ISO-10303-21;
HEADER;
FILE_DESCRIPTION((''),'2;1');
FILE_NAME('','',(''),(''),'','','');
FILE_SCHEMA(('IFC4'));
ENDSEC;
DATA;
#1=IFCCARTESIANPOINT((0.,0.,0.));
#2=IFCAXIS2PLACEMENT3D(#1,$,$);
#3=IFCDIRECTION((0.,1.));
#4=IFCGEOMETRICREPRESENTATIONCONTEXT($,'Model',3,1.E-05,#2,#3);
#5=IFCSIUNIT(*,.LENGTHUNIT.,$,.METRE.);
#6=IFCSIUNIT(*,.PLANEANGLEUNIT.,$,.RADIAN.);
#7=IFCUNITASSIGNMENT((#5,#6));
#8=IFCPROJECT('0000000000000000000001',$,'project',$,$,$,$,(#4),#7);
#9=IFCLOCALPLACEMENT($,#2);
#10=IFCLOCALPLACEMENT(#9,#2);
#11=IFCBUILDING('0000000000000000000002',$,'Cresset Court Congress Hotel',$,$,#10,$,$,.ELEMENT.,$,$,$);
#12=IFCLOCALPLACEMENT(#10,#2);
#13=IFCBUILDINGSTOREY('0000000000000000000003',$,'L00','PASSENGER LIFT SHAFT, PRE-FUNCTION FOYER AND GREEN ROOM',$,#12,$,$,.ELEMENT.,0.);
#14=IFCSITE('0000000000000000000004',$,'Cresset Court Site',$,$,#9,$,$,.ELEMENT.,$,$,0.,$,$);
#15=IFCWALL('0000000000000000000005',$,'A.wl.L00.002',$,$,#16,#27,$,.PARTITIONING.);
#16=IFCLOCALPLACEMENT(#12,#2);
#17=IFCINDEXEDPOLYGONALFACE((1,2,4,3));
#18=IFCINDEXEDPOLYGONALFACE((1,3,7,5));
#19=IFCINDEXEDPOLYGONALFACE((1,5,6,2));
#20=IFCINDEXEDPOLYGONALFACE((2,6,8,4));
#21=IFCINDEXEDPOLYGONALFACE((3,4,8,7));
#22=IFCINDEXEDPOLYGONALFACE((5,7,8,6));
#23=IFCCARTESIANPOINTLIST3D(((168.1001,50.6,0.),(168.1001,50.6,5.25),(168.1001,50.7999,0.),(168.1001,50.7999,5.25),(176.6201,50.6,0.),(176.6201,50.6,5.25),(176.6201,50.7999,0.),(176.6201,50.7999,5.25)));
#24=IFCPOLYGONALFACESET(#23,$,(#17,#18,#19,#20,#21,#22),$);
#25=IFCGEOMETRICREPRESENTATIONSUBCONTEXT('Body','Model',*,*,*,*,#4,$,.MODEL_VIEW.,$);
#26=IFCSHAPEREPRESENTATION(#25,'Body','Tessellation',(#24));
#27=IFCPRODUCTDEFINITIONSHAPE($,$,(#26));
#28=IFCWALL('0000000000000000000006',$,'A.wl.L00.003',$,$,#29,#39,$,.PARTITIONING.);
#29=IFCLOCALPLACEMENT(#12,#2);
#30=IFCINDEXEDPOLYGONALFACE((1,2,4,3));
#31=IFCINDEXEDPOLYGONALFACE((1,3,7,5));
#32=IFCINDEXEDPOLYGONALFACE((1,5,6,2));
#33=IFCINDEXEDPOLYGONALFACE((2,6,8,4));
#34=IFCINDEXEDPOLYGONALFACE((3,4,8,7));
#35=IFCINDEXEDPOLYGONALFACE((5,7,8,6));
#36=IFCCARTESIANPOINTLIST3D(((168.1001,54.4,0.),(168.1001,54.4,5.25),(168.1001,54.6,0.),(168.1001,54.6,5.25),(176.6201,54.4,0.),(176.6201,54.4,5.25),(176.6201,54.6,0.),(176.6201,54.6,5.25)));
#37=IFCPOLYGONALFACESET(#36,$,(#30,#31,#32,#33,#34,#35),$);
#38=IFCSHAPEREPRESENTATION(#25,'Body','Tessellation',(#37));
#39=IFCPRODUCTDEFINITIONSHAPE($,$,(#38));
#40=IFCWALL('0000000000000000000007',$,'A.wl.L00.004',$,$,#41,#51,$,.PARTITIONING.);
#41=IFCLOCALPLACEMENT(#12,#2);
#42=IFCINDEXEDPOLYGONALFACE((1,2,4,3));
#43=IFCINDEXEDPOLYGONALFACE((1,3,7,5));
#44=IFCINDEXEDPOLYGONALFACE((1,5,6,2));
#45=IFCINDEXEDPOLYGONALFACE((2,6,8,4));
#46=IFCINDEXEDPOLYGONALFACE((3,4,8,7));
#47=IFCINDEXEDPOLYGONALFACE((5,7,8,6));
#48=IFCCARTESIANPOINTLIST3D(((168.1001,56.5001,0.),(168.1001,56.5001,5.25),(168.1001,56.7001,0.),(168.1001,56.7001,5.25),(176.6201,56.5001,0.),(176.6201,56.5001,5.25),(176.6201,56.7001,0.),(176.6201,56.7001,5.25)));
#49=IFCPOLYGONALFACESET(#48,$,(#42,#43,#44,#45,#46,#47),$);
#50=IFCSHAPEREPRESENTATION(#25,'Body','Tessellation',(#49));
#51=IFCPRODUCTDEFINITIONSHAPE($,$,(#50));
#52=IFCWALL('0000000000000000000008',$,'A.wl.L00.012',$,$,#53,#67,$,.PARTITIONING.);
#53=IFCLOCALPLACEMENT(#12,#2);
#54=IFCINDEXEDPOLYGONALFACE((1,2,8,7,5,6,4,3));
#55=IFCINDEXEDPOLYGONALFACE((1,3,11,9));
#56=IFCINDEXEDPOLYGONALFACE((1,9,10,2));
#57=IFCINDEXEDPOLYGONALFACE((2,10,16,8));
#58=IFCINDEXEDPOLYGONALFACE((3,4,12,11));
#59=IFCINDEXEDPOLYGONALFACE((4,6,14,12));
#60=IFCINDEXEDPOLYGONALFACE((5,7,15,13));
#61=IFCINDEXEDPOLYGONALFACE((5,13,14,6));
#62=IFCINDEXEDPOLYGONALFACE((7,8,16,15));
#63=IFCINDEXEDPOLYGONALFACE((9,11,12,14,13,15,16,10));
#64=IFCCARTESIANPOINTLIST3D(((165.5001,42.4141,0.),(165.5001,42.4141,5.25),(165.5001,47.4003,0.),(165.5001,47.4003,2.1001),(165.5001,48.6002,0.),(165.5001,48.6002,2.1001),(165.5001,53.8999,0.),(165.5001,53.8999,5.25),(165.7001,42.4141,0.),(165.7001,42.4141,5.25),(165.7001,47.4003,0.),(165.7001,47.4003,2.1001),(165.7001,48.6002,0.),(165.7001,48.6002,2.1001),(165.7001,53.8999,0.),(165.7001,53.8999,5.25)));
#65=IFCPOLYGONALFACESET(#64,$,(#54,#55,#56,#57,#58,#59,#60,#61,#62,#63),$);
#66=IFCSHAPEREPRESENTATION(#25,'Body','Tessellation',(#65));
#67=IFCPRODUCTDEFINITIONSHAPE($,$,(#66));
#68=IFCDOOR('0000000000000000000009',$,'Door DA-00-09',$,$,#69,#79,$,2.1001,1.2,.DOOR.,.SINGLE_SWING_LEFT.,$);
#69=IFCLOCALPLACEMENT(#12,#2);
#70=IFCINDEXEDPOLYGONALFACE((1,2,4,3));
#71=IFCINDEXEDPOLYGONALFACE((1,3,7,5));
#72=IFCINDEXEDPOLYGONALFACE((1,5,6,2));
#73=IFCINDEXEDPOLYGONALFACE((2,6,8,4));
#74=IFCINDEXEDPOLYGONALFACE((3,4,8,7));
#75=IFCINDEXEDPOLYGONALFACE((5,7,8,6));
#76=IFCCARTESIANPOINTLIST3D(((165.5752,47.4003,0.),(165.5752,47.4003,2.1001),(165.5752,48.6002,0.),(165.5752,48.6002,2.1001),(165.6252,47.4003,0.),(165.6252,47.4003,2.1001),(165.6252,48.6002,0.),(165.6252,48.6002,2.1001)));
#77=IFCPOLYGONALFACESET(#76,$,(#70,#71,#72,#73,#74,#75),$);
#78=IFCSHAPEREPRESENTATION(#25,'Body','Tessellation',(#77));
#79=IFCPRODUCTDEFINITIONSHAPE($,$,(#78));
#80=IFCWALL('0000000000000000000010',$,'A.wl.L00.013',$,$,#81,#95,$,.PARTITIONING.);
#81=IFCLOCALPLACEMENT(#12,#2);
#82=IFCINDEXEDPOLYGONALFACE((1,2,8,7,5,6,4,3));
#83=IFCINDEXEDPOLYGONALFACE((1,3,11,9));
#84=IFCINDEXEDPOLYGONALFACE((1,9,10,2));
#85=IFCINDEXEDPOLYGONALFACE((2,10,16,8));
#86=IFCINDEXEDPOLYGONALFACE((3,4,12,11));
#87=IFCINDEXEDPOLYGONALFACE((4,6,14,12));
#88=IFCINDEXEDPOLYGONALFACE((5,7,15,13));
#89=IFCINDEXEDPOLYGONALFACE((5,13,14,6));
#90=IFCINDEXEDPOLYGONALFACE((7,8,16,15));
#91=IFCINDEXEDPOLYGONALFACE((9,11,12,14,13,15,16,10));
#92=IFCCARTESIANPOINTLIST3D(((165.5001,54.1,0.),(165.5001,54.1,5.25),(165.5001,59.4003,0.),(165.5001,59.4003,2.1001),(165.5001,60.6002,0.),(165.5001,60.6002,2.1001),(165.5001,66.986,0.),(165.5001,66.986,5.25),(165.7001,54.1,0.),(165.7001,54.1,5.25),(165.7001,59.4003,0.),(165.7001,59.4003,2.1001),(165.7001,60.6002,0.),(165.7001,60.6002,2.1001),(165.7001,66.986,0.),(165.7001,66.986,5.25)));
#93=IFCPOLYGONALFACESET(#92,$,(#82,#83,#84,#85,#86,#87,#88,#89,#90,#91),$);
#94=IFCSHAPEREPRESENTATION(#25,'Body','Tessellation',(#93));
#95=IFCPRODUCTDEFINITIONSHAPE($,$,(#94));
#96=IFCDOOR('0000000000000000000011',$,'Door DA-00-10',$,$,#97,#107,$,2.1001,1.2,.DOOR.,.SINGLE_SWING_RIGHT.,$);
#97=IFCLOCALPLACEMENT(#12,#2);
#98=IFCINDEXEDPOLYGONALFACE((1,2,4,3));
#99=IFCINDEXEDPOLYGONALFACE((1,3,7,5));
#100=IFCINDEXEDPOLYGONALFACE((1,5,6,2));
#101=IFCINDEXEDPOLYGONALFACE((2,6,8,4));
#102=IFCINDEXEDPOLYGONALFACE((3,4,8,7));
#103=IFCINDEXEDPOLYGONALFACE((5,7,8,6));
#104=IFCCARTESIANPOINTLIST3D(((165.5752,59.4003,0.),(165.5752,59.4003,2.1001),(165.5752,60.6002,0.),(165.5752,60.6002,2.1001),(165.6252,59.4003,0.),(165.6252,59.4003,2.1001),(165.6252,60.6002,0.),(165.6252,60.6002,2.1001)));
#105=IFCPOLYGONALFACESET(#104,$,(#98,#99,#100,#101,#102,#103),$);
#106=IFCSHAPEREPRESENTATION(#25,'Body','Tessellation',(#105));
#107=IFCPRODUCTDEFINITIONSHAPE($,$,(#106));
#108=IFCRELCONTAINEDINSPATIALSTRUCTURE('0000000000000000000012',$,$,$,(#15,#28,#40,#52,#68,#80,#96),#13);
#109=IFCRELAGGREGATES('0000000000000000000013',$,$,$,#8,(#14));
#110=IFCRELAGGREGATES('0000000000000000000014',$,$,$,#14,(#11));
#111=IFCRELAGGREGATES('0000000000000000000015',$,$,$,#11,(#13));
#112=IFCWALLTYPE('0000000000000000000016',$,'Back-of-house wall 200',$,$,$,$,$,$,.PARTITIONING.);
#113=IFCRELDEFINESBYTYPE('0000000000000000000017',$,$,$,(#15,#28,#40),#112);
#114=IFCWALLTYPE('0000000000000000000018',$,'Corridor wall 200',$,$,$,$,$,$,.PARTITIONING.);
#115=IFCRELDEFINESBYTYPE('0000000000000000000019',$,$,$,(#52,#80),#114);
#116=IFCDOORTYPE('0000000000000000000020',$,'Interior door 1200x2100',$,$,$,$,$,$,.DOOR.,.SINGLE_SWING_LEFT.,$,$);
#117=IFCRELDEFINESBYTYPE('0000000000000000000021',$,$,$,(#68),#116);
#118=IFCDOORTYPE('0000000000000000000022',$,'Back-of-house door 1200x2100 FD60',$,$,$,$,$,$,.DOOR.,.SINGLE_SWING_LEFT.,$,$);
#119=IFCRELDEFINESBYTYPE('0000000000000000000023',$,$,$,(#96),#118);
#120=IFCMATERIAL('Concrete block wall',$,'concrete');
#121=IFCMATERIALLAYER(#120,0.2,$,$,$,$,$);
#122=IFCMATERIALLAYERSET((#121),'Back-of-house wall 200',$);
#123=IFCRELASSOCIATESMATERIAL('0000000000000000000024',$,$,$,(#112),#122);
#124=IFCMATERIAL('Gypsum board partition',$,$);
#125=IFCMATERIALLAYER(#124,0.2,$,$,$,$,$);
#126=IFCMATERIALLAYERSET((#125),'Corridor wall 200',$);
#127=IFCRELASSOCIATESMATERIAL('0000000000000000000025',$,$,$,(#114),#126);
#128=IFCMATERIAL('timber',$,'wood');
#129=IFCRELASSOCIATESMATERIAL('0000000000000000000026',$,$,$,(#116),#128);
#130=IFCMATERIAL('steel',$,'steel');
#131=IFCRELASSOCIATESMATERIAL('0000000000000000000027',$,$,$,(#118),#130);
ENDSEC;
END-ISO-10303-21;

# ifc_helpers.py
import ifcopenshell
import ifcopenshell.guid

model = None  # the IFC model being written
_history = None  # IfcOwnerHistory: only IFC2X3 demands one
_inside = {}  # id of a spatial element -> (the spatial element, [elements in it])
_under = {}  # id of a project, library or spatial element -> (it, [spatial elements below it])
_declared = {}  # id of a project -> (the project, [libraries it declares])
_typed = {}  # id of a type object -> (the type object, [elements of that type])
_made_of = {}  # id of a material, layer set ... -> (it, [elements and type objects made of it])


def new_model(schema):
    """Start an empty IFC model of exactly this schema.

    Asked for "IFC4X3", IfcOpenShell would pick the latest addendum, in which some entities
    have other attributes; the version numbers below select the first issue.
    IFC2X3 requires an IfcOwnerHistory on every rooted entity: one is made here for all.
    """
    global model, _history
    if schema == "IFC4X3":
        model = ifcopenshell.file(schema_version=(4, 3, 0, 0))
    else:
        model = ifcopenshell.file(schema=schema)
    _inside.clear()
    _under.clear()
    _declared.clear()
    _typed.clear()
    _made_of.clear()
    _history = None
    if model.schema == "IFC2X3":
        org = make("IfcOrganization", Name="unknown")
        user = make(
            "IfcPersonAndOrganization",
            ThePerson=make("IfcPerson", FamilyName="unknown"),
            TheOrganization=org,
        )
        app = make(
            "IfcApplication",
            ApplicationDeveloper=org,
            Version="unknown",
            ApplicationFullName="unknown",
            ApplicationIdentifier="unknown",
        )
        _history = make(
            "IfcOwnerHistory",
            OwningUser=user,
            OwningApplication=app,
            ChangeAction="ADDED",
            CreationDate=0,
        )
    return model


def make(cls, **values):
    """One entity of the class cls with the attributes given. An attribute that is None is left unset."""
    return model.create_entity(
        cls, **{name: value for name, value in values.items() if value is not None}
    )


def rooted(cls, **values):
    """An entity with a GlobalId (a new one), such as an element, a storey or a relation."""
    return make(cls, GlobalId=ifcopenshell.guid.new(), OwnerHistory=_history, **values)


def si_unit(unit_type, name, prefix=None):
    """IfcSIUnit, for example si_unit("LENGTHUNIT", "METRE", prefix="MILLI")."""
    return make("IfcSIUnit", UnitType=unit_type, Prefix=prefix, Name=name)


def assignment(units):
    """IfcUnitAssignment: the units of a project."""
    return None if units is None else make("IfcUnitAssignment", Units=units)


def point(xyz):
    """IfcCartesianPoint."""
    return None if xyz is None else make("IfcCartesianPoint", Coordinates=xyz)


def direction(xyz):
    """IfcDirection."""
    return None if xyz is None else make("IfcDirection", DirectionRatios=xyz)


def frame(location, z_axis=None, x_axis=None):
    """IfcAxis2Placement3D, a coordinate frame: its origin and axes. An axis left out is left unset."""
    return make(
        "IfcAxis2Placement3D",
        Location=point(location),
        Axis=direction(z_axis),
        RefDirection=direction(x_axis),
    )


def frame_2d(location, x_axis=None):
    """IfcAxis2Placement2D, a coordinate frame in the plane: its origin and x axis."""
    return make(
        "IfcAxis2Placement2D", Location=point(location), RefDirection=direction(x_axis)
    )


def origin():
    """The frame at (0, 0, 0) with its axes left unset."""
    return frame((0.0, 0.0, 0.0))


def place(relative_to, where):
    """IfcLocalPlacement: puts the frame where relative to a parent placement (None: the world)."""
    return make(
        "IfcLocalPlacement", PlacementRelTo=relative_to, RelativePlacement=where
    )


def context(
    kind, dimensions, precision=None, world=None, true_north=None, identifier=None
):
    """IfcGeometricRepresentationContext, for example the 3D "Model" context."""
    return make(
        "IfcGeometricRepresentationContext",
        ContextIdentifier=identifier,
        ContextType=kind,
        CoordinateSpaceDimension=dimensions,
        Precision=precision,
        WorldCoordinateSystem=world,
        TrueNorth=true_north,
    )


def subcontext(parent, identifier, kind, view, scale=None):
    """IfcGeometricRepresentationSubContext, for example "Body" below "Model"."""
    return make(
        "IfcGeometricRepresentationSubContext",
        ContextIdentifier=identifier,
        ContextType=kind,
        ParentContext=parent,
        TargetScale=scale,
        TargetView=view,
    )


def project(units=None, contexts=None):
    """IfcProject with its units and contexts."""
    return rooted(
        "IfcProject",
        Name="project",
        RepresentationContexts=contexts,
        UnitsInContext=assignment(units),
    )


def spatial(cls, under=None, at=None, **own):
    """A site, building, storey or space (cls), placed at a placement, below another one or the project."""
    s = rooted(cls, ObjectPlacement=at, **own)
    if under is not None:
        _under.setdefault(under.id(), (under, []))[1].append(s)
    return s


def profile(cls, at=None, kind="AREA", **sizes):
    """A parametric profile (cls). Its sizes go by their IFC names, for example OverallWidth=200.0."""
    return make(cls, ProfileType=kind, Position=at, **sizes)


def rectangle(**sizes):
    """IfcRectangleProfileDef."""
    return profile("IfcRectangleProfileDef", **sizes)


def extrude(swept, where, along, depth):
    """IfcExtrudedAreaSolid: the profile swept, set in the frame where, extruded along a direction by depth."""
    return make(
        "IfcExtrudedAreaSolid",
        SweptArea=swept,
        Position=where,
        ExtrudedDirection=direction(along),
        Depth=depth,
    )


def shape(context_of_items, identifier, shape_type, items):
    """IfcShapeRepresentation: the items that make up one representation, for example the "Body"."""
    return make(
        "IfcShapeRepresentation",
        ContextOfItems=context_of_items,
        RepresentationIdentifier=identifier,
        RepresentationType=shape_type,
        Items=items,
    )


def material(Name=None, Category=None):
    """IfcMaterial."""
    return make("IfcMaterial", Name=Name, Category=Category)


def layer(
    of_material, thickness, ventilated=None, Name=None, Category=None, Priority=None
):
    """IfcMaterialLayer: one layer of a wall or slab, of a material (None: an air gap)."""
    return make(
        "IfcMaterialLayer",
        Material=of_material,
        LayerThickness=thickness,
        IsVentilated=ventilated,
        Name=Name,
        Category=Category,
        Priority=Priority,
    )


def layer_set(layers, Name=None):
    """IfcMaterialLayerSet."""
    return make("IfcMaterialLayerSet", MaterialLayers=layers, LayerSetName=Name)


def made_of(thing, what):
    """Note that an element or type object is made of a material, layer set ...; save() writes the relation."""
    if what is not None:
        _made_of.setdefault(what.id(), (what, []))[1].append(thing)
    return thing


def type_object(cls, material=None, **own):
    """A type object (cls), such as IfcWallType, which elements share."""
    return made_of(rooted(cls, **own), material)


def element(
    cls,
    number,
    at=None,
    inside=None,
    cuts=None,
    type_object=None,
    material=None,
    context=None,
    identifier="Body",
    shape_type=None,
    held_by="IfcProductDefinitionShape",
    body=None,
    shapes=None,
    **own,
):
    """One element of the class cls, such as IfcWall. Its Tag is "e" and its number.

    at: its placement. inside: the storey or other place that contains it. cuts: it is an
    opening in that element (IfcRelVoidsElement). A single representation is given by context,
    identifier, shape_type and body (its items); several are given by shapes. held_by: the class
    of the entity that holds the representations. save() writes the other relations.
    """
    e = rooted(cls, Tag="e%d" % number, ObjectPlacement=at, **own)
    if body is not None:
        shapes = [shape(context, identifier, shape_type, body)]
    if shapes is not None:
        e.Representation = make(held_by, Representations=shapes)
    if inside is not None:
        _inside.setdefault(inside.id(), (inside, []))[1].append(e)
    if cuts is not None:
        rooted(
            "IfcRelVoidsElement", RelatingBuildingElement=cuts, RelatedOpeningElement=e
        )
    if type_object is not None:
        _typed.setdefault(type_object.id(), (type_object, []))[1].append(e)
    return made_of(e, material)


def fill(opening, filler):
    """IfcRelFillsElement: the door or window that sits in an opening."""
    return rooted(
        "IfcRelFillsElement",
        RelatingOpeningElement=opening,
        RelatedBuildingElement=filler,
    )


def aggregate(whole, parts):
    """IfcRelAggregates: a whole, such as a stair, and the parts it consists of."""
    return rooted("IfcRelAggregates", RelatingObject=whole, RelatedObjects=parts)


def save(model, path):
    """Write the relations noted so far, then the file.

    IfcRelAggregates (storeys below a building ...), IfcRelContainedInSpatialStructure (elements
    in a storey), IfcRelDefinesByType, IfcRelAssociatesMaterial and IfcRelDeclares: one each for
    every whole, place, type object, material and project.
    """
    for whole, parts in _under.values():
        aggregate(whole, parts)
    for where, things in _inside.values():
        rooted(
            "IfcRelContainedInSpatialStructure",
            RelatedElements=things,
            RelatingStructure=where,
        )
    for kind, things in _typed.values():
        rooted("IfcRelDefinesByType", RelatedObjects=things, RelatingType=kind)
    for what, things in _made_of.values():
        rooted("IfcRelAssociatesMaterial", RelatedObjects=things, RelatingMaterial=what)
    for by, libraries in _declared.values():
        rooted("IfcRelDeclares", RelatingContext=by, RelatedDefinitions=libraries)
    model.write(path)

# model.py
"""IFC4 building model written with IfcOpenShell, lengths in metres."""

from ifc_helpers import new_model, si_unit, direction, frame, frame_2d, origin, place, context, subcontext, project, spatial, rectangle, extrude, material, layer, layer_set, type_object, element, fill, save


model = new_model("IFC4")

# Units and contexts
model_context = context("Model", 3, precision=1e-05, world=origin(), true_north=direction((0.0, 1.0)))
body_context = subcontext(model_context, "Body", "Model", "MODEL_VIEW")
ifc_project = project(units=[si_unit("LENGTHUNIT", "METRE"), si_unit("PLANEANGLEUNIT", "RADIAN")], contexts=[model_context])

# Site, building, storey
site_placement = place(None, origin())
site = spatial("IfcSite", under=ifc_project, at=site_placement, Name="Cresset Court Site", CompositionType="ELEMENT", RefElevation=0.0)
building_placement = place(site_placement, origin())
building = spatial("IfcBuilding", under=site, at=building_placement, Name="Cresset Court Congress Hotel", CompositionType="ELEMENT")
storey_placement = place(building_placement, origin())
storey = spatial("IfcBuildingStorey", under=building, at=storey_placement, Name="L00", Description="PASSENGER LIFT SHAFT, PRE-FUNCTION FOYER AND GREEN ROOM", CompositionType="ELEMENT", Elevation=0.0)

# Walls
ifc_material_1 = material(Name="Concrete block wall", Category="concrete")
ifc_layer_1 = layer(ifc_material_1, 0.2)
ifc_layer_set_1 = layer_set([ifc_layer_1], Name="Back-of-house wall 200")
wall_type_1 = type_object("IfcWallType", Name="Back-of-house wall 200", PredefinedType="PARTITIONING", material=ifc_layer_set_1)
for number, where, z_axis, x_axis, name in (
    (1, (168.1001, 50.7, 0.0), (0.0, 0.0, 1.0), (1.0, 0.0, 0.0), "A.wl.L00.002"),
    (2, (168.1001, 54.5, 0.0), (0.0, 0.0, 1.0), (1.0, 0.0, 0.0), "A.wl.L00.003"),
    (3, (168.1001, 56.6001, 0.0), (0.0, 0.0, 1.0), (1.0, 0.0, 0.0), "A.wl.L00.004"),
):
    element("IfcWall", number, at=place(storey_placement, frame(where, z_axis=z_axis, x_axis=x_axis)), inside=storey, type_object=wall_type_1, Name=name, PredefinedType="PARTITIONING", context=body_context, shape_type="SweptSolid", body=[
        extrude(rectangle(XDim=8.52, YDim=0.2, at=frame_2d((4.26, 0.0))), origin(), (0.0, 0.0, 1.0), 5.25),
    ])

# Walls, openings, doors
ifc_material_2 = material(Name="Gypsum board partition")
ifc_layer_2 = layer(ifc_material_2, 0.2)
ifc_layer_set_2 = layer_set([ifc_layer_2], Name="Corridor wall 200")
wall_type_2 = type_object("IfcWallType", Name="Corridor wall 200", PredefinedType="PARTITIONING", material=ifc_layer_set_2)
wall_1_placement = place(storey_placement, frame((165.6001, 42.4141, 0.0), z_axis=(0.0, 0.0, 1.0), x_axis=(0.0, 1.0, 0.0)))
wall_1 = element("IfcWall", 4, at=wall_1_placement, inside=storey, type_object=wall_type_2, Name="A.wl.L00.012", PredefinedType="PARTITIONING", context=body_context, shape_type="SweptSolid", body=[
    extrude(rectangle(XDim=11.4858, YDim=0.2, at=frame_2d((5.7429, 0.0))), origin(), (0.0, 0.0, 1.0), 5.25),
])
opening_1_placement = place(wall_1_placement, frame((4.9861, 0.0, 0.0)))
opening_1 = element("IfcOpeningElement", 5, at=opening_1_placement, cuts=wall_1, PredefinedType="OPENING", context=body_context, shape_type="SweptSolid", body=[
    extrude(rectangle(XDim=1.2, YDim=2.1001, at=frame_2d((0.6001, 1.05))), frame((0.0, 0.1099, 0.0), z_axis=(0.0, -1.0, 0.0), x_axis=(1.0, 0.0, 0.0)), (0.0, 0.0, 1.0), 0.22),
])
ifc_material_3 = material(Name="timber", Category="wood")
door_type_1 = type_object("IfcDoorType", Name="Interior door 1200x2100", OperationType="SINGLE_SWING_LEFT", PredefinedType="DOOR", material=ifc_material_3)
door_1_placement = place(opening_1_placement, origin())
door_1 = element("IfcDoor", 6, at=door_1_placement, inside=storey, type_object=door_type_1, Name="Door DA-00-09", OperationType="SINGLE_SWING_LEFT", OverallHeight=2.1001, OverallWidth=1.2, PredefinedType="DOOR", context=body_context, shape_type="SweptSolid", body=[
    extrude(rectangle(XDim=1.2, YDim=2.1001, at=frame_2d((0.6001, 1.05))), frame((0.0, 0.0249, 0.0), z_axis=(0.0, -1.0, 0.0), x_axis=(1.0, 0.0, 0.0)), (0.0, 0.0, 1.0), 0.05),
])
fill(opening_1, door_1)
wall_2_placement = place(storey_placement, frame((165.6001, 54.1001, 0.0), z_axis=(0.0, 0.0, 1.0), x_axis=(0.0, 1.0, 0.0)))
wall_2 = element("IfcWall", 7, at=wall_2_placement, inside=storey, type_object=wall_type_2, Name="A.wl.L00.013", PredefinedType="PARTITIONING", context=body_context, shape_type="SweptSolid", body=[
    extrude(rectangle(XDim=12.886, YDim=0.2, at=frame_2d((6.4429, 0.0))), origin(), (0.0, 0.0, 1.0), 5.25),
])
opening_2_placement = place(wall_2_placement, frame((5.3, 0.0, 0.0)))
opening_2 = element("IfcOpeningElement", 8, at=opening_2_placement, cuts=wall_2, PredefinedType="OPENING", context=body_context, shape_type="SweptSolid", body=[
    extrude(rectangle(XDim=1.2, YDim=2.1001, at=frame_2d((0.6001, 1.05))), frame((0.0, 0.1099, 0.0), z_axis=(0.0, -1.0, 0.0), x_axis=(1.0, 0.0, 0.0)), (0.0, 0.0, 1.0), 0.22),
])
ifc_material_4 = material(Name="steel", Category="steel")
door_type_2 = type_object("IfcDoorType", Name="Back-of-house door 1200x2100 FD60", OperationType="SINGLE_SWING_LEFT", PredefinedType="DOOR", material=ifc_material_4)
door_2_placement = place(opening_2_placement, origin())
door_2 = element("IfcDoor", 9, at=door_2_placement, inside=storey, type_object=door_type_2, Name="Door DA-00-10", OperationType="SINGLE_SWING_RIGHT", OverallHeight=2.1001, OverallWidth=1.2, PredefinedType="DOOR", context=body_context, shape_type="SweptSolid", body=[
    extrude(rectangle(XDim=1.2, YDim=2.1001, at=frame_2d((0.6001, 1.05))), frame((0.0, 0.0249, 0.0), z_axis=(0.0, -1.0, 0.0), x_axis=(1.0, 0.0, 0.0)), (0.0, 0.0, 1.0), 0.05),
])
fill(opening_2, door_2)

save(model, "model.ifc")
